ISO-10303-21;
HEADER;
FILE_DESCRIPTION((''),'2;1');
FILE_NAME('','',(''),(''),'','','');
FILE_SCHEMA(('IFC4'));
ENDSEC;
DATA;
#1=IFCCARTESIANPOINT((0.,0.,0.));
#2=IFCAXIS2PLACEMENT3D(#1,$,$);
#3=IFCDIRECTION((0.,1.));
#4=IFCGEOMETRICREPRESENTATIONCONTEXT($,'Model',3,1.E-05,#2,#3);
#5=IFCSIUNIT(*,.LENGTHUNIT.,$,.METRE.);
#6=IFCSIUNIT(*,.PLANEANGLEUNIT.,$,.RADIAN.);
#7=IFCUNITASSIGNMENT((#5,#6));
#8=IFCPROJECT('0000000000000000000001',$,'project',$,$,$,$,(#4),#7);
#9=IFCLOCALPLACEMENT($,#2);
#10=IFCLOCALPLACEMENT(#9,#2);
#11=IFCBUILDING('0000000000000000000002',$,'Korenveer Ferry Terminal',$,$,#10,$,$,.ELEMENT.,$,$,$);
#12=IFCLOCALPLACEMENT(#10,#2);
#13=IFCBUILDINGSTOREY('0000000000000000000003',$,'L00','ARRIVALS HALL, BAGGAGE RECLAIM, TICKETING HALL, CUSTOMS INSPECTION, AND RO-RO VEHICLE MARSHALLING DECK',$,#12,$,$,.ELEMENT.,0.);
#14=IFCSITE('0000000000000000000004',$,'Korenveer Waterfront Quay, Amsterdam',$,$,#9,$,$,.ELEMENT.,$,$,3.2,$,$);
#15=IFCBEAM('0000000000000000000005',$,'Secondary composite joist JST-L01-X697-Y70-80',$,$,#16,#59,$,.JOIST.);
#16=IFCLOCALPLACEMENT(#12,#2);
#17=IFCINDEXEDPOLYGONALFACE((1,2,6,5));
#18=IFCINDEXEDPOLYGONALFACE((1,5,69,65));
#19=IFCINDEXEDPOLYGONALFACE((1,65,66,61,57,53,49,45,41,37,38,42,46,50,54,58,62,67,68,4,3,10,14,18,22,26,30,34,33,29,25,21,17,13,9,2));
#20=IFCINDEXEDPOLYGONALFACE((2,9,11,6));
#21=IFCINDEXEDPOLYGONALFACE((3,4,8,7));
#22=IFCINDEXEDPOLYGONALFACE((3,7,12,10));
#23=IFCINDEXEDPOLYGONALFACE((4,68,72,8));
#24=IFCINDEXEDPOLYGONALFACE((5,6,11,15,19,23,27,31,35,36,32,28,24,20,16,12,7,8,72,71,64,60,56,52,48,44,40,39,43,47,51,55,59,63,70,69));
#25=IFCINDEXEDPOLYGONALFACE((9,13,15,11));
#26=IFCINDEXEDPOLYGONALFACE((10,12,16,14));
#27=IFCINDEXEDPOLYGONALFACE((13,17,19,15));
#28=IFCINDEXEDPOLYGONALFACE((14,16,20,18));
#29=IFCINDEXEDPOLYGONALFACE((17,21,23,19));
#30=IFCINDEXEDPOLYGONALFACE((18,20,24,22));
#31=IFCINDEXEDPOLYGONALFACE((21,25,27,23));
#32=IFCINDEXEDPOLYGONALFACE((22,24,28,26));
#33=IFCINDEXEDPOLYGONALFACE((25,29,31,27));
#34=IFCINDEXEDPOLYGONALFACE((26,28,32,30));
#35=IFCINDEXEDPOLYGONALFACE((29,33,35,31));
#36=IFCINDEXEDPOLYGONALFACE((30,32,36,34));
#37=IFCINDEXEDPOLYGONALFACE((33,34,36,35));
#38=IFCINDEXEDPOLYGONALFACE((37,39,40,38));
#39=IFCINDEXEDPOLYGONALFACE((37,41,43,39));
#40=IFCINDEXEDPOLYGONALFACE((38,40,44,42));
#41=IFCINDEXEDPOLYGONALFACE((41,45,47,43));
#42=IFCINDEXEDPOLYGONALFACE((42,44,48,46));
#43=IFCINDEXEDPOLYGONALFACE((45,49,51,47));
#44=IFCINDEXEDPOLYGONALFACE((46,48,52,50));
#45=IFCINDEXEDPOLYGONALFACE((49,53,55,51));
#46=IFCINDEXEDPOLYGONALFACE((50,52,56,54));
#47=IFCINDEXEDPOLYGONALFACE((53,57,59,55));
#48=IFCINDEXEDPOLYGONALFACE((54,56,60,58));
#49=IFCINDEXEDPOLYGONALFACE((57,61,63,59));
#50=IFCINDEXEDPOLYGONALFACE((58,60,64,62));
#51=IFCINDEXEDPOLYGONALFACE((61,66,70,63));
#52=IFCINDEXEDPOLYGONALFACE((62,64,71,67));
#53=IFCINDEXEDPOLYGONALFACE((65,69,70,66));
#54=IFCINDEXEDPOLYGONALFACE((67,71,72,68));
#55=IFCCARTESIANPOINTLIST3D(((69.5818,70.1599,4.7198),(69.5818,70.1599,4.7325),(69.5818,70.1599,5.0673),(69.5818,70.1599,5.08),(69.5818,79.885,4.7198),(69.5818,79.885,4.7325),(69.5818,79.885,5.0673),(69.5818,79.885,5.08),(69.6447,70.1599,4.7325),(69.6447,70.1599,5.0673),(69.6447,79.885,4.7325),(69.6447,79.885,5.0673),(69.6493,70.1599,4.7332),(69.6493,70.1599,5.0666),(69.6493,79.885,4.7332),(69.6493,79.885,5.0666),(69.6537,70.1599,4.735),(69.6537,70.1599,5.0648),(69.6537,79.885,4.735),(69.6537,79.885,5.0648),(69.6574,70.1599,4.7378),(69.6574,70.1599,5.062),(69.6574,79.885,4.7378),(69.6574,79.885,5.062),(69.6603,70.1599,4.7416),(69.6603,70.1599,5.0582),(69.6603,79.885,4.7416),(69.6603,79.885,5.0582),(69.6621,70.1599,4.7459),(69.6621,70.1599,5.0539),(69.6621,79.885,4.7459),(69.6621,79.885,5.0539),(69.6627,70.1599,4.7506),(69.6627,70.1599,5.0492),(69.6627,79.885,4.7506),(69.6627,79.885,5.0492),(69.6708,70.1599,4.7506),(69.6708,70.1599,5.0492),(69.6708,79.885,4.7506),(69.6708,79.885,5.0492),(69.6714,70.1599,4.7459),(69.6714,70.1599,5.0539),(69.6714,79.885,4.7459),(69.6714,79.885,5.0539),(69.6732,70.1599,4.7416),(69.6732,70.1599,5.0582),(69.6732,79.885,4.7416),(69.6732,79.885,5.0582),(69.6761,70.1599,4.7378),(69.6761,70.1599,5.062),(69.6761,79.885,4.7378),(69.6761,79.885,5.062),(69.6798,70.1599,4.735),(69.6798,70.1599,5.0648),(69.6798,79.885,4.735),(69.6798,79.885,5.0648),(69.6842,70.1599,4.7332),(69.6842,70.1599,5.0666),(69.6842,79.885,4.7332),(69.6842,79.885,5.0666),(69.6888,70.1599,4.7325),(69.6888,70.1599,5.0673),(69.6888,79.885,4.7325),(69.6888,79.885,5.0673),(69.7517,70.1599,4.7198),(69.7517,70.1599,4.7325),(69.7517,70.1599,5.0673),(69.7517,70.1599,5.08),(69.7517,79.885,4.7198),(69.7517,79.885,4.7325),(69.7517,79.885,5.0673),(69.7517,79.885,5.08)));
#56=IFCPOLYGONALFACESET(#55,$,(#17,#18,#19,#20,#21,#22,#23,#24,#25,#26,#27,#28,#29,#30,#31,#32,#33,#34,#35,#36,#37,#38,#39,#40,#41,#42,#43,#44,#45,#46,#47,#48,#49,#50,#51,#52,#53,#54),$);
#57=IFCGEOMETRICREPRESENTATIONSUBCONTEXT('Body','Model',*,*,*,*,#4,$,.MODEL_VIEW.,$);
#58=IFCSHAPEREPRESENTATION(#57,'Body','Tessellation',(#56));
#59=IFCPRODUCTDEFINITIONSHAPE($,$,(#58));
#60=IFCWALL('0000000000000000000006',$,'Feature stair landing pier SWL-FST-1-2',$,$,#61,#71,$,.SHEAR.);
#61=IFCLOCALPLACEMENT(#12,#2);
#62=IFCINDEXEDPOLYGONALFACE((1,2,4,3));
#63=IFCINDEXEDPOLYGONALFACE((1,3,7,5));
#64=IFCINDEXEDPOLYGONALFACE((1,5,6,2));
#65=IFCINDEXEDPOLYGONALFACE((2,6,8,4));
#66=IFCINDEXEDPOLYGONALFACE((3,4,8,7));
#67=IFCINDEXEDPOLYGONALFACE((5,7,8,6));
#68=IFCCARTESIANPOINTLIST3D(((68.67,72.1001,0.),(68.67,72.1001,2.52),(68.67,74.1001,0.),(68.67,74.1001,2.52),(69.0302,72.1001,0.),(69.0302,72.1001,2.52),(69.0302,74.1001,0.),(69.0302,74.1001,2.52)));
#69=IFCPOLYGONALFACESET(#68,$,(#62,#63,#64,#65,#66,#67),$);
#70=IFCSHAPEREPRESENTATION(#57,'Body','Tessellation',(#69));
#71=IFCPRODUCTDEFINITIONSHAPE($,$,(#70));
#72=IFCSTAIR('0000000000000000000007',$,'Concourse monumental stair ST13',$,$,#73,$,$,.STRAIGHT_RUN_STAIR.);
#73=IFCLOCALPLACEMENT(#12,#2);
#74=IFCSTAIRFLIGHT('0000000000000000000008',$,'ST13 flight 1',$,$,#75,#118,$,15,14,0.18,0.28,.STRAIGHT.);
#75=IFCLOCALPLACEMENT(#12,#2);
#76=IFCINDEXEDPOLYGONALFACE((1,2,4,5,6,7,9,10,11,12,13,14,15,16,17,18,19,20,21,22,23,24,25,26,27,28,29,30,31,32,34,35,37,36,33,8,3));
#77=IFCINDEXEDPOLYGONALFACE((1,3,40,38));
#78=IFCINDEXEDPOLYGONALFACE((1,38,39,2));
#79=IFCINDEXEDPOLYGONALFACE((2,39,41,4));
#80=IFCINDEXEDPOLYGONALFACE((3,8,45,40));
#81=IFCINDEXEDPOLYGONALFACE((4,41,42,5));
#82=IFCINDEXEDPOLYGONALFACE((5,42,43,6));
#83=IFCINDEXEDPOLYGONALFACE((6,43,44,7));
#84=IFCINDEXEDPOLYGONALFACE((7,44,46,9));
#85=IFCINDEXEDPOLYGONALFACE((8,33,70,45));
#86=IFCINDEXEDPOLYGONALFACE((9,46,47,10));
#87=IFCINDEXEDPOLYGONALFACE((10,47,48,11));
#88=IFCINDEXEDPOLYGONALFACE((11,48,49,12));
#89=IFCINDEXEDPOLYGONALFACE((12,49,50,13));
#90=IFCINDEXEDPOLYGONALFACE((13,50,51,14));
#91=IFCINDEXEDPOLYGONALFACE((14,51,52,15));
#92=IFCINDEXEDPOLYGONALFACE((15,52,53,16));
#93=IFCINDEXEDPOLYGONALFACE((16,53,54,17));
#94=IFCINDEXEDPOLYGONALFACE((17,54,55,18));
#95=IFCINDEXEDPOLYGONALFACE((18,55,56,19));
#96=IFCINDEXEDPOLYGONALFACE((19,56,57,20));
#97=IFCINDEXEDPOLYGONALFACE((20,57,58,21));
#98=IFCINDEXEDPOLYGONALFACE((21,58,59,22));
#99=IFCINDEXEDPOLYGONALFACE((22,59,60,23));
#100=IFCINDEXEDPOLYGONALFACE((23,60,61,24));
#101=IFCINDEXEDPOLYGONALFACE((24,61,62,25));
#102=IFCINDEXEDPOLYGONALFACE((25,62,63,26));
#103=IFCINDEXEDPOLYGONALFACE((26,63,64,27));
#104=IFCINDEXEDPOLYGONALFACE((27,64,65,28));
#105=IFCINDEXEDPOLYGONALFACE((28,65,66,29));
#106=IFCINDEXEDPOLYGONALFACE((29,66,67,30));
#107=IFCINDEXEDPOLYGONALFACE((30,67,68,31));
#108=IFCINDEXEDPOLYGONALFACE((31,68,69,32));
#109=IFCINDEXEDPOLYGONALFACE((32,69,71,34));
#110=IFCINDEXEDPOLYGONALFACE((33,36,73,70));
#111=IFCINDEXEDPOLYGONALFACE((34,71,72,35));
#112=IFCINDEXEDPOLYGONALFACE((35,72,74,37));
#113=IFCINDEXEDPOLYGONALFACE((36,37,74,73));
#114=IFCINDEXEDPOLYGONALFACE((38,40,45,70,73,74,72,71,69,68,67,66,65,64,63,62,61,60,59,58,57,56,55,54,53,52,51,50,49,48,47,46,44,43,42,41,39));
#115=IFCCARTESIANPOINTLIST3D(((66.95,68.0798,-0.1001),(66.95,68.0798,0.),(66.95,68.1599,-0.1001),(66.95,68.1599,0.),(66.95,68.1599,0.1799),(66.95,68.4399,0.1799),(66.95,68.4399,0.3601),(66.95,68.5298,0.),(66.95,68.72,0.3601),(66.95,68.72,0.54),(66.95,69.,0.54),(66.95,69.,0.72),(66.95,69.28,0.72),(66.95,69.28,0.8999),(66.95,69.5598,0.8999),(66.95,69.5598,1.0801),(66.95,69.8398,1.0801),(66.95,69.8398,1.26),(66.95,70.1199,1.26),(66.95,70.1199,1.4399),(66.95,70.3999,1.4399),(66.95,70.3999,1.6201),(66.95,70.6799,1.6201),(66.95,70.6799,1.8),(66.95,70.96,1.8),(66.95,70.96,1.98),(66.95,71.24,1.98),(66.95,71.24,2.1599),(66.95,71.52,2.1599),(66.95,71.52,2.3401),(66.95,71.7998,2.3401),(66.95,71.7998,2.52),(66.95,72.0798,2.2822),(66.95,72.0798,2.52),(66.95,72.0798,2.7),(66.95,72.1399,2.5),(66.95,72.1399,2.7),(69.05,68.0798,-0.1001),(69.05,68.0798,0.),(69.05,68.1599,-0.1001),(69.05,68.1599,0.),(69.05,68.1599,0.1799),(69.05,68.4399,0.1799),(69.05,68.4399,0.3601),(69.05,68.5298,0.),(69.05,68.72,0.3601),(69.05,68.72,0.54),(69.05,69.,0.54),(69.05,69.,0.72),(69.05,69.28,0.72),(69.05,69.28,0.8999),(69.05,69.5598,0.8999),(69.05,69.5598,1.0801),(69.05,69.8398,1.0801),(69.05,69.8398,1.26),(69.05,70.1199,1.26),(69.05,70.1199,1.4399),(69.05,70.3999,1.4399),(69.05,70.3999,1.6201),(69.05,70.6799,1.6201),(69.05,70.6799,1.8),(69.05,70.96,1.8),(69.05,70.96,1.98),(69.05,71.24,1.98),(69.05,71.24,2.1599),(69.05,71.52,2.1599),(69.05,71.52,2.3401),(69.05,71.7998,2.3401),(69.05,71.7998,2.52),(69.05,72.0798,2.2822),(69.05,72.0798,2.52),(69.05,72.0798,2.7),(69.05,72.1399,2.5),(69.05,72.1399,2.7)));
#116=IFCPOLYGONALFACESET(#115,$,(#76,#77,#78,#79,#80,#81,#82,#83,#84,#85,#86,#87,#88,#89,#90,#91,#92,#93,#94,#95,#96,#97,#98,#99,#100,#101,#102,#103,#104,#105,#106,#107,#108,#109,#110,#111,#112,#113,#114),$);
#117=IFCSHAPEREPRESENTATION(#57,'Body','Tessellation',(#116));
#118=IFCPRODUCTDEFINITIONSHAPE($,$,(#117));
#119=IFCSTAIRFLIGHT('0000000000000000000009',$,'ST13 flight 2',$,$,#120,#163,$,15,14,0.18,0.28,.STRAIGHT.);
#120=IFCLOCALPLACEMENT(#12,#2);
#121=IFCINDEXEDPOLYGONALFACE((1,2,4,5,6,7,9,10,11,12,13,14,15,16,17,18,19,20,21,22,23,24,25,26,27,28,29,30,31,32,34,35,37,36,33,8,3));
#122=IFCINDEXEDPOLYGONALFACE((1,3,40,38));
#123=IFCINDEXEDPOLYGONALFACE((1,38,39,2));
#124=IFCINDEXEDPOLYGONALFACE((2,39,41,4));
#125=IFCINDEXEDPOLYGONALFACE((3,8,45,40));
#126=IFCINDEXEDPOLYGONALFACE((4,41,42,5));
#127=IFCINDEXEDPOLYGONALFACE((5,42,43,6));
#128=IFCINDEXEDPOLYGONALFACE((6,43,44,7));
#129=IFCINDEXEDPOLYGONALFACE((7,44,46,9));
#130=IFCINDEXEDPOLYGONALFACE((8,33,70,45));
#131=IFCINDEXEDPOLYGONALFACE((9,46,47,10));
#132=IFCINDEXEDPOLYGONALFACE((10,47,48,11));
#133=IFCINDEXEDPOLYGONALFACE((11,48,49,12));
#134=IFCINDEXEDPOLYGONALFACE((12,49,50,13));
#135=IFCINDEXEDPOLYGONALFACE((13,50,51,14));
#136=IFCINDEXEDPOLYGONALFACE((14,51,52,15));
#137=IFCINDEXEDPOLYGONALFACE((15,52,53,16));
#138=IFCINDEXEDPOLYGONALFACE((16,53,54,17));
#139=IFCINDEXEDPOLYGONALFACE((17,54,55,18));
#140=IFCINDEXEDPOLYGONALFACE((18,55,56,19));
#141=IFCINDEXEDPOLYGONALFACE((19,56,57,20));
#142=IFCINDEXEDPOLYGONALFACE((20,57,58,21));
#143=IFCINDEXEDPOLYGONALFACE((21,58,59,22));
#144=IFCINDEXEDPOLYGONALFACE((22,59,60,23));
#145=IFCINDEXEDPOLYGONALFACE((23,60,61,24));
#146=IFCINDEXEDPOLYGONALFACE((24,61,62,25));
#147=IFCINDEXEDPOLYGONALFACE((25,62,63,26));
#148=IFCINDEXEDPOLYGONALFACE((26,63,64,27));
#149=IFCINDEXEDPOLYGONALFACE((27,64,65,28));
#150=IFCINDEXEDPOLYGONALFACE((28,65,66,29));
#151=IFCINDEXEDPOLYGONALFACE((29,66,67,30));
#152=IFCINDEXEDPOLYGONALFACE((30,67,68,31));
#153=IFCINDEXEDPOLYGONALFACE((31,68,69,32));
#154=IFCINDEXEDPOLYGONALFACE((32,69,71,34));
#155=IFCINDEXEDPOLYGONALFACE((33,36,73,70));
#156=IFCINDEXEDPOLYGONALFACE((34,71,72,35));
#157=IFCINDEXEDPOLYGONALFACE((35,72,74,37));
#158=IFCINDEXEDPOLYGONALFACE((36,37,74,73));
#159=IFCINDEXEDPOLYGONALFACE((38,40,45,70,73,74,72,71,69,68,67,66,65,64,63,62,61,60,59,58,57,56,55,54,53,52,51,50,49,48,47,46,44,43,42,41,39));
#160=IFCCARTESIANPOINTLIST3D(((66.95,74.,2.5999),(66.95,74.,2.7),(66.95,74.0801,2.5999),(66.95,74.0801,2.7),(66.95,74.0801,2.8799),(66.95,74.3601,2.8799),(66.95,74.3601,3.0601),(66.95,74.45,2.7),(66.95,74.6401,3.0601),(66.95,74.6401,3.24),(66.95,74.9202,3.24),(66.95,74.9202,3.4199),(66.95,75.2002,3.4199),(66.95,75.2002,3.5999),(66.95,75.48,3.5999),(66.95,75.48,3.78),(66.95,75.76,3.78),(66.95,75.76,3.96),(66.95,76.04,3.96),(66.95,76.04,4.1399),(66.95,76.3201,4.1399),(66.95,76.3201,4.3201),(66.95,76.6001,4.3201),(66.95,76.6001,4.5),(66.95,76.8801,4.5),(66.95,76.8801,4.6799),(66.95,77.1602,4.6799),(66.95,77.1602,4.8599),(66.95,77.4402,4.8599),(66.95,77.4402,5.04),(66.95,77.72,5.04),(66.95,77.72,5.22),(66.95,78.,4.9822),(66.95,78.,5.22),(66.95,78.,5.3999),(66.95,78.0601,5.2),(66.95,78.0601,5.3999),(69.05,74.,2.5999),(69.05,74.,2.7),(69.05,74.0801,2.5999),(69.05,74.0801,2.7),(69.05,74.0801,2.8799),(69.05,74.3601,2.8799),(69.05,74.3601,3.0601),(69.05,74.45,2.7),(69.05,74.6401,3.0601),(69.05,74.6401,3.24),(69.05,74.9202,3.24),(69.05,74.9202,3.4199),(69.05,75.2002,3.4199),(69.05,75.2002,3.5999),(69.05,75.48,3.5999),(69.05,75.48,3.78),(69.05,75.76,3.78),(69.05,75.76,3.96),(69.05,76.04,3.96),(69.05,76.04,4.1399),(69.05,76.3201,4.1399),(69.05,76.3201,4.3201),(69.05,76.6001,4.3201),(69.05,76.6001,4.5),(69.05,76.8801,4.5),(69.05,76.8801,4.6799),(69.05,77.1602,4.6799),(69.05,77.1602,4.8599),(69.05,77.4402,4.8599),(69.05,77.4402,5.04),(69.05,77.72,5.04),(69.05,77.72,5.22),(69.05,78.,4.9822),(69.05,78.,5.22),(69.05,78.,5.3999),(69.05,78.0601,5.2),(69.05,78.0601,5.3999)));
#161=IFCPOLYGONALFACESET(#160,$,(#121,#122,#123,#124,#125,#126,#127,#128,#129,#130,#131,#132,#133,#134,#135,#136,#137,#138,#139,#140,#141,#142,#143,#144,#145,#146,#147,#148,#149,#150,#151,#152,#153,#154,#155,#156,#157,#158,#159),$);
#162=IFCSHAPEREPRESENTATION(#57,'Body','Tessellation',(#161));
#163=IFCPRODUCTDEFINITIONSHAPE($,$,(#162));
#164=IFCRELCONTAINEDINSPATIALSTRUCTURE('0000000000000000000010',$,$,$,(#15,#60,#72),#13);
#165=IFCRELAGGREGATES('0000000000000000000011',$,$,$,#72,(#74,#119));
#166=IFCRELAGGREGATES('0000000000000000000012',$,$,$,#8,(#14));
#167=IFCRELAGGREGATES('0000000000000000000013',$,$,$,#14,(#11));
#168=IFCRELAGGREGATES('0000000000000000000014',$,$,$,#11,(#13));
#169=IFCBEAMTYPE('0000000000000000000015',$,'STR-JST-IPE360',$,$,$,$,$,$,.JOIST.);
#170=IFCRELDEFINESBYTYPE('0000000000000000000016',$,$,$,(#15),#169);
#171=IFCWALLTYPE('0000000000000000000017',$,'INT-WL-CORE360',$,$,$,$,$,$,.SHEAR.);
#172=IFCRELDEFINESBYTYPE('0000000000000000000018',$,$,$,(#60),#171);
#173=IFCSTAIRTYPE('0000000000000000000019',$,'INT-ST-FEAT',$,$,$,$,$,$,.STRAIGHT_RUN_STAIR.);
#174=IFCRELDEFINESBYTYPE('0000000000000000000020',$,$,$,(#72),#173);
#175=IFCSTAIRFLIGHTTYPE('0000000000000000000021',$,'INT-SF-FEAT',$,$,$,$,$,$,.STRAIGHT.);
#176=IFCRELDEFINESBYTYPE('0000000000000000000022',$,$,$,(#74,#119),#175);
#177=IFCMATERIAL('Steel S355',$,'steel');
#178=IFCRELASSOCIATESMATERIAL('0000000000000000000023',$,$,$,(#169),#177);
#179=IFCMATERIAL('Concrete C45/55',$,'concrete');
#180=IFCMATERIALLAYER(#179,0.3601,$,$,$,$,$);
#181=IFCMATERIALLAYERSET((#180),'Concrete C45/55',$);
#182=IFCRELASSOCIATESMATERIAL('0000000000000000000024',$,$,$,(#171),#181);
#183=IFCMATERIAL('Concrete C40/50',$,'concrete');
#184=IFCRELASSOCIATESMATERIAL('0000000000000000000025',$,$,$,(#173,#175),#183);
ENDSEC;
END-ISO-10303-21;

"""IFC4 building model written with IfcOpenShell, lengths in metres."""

from ifc_helpers import new_model, si_unit, direction, frame, frame_2d, origin, origin_2d, place, context, subcontext, project, spatial, polyline, rectangle, i_section, outline, extrude, material, layer, layer_set, material_profile, profile_set, type_object, element, aggregate, save


model = new_model("IFC4")

# Units and contexts
model_context = context("Model", 3, precision=1e-05, world=origin(), true_north=direction((0.0, 1.0)))
body_context = subcontext(model_context, "Body", "Model", "MODEL_VIEW")
ifc_project = project(units=[si_unit("LENGTHUNIT", "METRE"), si_unit("PLANEANGLEUNIT", "RADIAN")], contexts=[model_context])

# Site, building, storey
site_placement = place(None, origin())
site = spatial("IfcSite", under=ifc_project, at=site_placement, Name="Korenveer Waterfront Quay, Amsterdam", CompositionType="ELEMENT", RefElevation=3.2)
building_placement = place(site_placement, origin())
building = spatial("IfcBuilding", under=site, at=building_placement, Name="Korenveer Ferry Terminal", CompositionType="ELEMENT")
storey_placement = place(building_placement, origin())
storey = spatial("IfcBuildingStorey", under=building, at=storey_placement, Name="L00", Description="ARRIVALS HALL, BAGGAGE RECLAIM, TICKETING HALL, CUSTOMS INSPECTION, AND RO-RO VEHICLE MARSHALLING DECK", CompositionType="ELEMENT", Elevation=0.0)

# Shared definitions
ifc_material_1 = material(Name="Concrete C40/50", Category="concrete")
ifc_material_2 = material(Name="Concrete C45/55", Category="concrete")

# Shared definitions
ifc_material_3 = material(Name="Steel S355", Category="steel")

# Beam
ifc_material_profile_1 = material_profile(ifc_material_3, i_section(OverallWidth=0.1699, OverallDepth=0.3601, WebThickness=0.0081, FlangeThickness=0.0127, FilletRadius=0.0181, at=origin_2d()), Name="IPE 360")
ifc_profile_set_1 = profile_set([ifc_material_profile_1], Name="Steel S355")
beam_type_1 = type_object("IfcBeamType", Name="STR-JST-IPE360", PredefinedType="JOIST", material=ifc_profile_set_1)
beam_placement = place(storey_placement, frame((69.6667, 70.1599, 4.8999), z_axis=(0.0, 1.0, 0.0), x_axis=(-1.0, 0.0, 0.0)))
element("IfcBeam", 1, at=beam_placement, inside=storey, type_object=beam_type_1, Name="Secondary composite joist JST-L01-X697-Y70-80", PredefinedType="JOIST", context=body_context, shape_type="SweptSolid", body=[
    extrude(i_section(OverallWidth=0.1699, OverallDepth=0.3601, WebThickness=0.0081, FlangeThickness=0.0127, FilletRadius=0.0181, at=origin_2d()), origin(), (0.0, 0.0, 1.0), 9.7251),
])

# Wall
ifc_layer = layer(ifc_material_2, 0.3601)
ifc_layer_set = layer_set([ifc_layer], Name="Concrete C45/55")
wall_type = type_object("IfcWallType", Name="INT-WL-CORE360", PredefinedType="SHEAR", material=ifc_layer_set)
wall_placement = place(storey_placement, frame((68.8501, 72.1001, 0.0), z_axis=(0.0, 0.0, 1.0), x_axis=(0.0, 1.0, 0.0)))
element("IfcWall", 2, at=wall_placement, inside=storey, type_object=wall_type, Name="Feature stair landing pier SWL-FST-1-2", PredefinedType="SHEAR", context=body_context, shape_type="SweptSolid", body=[
    extrude(rectangle(XDim=2.0, YDim=0.3601, at=frame_2d((1.0, 0.0))), origin(), (0.0, 0.0, 1.0), 2.52),
])

# Stair, stair flights
stair_type = type_object("IfcStairType", Name="INT-ST-FEAT", PredefinedType="STRAIGHT_RUN_STAIR", material=ifc_material_1)
stair_placement = place(storey_placement, frame((68.0, 68.1599, 0.0)))
stair = element("IfcStair", 3, at=stair_placement, inside=storey, type_object=stair_type, Name="Concourse monumental stair ST13", PredefinedType="STRAIGHT_RUN_STAIR")
stair_flight_type = type_object("IfcStairFlightType", Name="INT-SF-FEAT", PredefinedType="STRAIGHT", material=ifc_material_1)
stair_flight_1_placement = place(storey_placement, frame((68.0, 68.1599, 0.0), z_axis=(0.0, 0.0, 1.0), x_axis=(0.0, 1.0, 0.0)))
stair_flight_1 = element("IfcStairFlight", 4, at=stair_flight_1_placement, type_object=stair_flight_type, Name="ST13 flight 1", NumberOfRisers=15, NumberOfTreads=14, PredefinedType="STRAIGHT", RiserHeight=0.18, TreadLength=0.28, context=body_context, shape_type="SweptSolid", body=[
    extrude(outline(polyline([(-0.0801, 0.0), (0.0, 0.0), (0.0, 0.1799), (0.28, 0.1799), (0.28, 0.3601), (0.5601, 0.3601), (0.5601, 0.54), (0.8401, 0.54), (0.8401, 0.72), (1.1201, 0.72), (1.1201, 0.8999), (1.3999, 0.8999), (1.3999, 1.0801), (1.6799, 1.0801), (1.6799, 1.26), (1.96, 1.26), (1.96, 1.4399), (2.24, 1.4399), (2.24, 1.6201), (2.52, 1.6201), (2.52, 1.8), (2.8, 1.8), (2.8, 1.98), (3.0801, 1.98), (3.0801, 2.1599), (3.3601, 2.1599), (3.3601, 2.3401), (3.6399, 2.3401), (3.6399, 2.52), (3.9199, 2.52), (3.9199, 2.7), (3.98, 2.7), (3.98, 2.5), (3.9199, 2.2822), (0.3699, 0.0), (0.0, -0.1001), (-0.0801, -0.1001), (-0.0801, 0.0)])), frame((0.0, 1.05, 0.0), z_axis=(0.0, -1.0, 0.0), x_axis=(1.0, 0.0, 0.0)), (0.0, 0.0, 1.0), 2.1001),
])
stair_flight_2_placement = place(storey_placement, frame((68.0, 74.0801, 2.7), z_axis=(0.0, 0.0, 1.0), x_axis=(0.0, 1.0, 0.0)))
stair_flight_2 = element("IfcStairFlight", 5, at=stair_flight_2_placement, type_object=stair_flight_type, Name="ST13 flight 2", NumberOfRisers=15, NumberOfTreads=14, PredefinedType="STRAIGHT", RiserHeight=0.18, TreadLength=0.28, context=body_context, shape_type="SweptSolid", body=[
    extrude(outline(polyline([(-0.0801, 0.0), (0.0, 0.0), (0.0, 0.1799), (0.28, 0.1799), (0.28, 0.3601), (0.5601, 0.3601), (0.5601, 0.54), (0.8401, 0.54), (0.8401, 0.72), (1.1201, 0.72), (1.1201, 0.8999), (1.3999, 0.8999), (1.3999, 1.0801), (1.6799, 1.0801), (1.6799, 1.26), (1.96, 1.26), (1.96, 1.4399), (2.24, 1.4399), (2.24, 1.6201), (2.52, 1.6201), (2.52, 1.8), (2.8, 1.8), (2.8, 1.98), (3.0801, 1.98), (3.0801, 2.1599), (3.3601, 2.1599), (3.3601, 2.3401), (3.6399, 2.3401), (3.6399, 2.52), (3.9199, 2.52), (3.9199, 2.7), (3.98, 2.7), (3.98, 2.5), (3.9199, 2.2822), (0.3699, 0.0), (0.0, -0.1001), (-0.0801, -0.1001), (-0.0801, 0.0)])), frame((0.0, 1.05, 0.0), z_axis=(0.0, -1.0, 0.0), x_axis=(1.0, 0.0, 0.0)), (0.0, 0.0, 1.0), 2.1001),
])
aggregate(stair, [stair_flight_1, stair_flight_2])

save(model, "model.ifc")
